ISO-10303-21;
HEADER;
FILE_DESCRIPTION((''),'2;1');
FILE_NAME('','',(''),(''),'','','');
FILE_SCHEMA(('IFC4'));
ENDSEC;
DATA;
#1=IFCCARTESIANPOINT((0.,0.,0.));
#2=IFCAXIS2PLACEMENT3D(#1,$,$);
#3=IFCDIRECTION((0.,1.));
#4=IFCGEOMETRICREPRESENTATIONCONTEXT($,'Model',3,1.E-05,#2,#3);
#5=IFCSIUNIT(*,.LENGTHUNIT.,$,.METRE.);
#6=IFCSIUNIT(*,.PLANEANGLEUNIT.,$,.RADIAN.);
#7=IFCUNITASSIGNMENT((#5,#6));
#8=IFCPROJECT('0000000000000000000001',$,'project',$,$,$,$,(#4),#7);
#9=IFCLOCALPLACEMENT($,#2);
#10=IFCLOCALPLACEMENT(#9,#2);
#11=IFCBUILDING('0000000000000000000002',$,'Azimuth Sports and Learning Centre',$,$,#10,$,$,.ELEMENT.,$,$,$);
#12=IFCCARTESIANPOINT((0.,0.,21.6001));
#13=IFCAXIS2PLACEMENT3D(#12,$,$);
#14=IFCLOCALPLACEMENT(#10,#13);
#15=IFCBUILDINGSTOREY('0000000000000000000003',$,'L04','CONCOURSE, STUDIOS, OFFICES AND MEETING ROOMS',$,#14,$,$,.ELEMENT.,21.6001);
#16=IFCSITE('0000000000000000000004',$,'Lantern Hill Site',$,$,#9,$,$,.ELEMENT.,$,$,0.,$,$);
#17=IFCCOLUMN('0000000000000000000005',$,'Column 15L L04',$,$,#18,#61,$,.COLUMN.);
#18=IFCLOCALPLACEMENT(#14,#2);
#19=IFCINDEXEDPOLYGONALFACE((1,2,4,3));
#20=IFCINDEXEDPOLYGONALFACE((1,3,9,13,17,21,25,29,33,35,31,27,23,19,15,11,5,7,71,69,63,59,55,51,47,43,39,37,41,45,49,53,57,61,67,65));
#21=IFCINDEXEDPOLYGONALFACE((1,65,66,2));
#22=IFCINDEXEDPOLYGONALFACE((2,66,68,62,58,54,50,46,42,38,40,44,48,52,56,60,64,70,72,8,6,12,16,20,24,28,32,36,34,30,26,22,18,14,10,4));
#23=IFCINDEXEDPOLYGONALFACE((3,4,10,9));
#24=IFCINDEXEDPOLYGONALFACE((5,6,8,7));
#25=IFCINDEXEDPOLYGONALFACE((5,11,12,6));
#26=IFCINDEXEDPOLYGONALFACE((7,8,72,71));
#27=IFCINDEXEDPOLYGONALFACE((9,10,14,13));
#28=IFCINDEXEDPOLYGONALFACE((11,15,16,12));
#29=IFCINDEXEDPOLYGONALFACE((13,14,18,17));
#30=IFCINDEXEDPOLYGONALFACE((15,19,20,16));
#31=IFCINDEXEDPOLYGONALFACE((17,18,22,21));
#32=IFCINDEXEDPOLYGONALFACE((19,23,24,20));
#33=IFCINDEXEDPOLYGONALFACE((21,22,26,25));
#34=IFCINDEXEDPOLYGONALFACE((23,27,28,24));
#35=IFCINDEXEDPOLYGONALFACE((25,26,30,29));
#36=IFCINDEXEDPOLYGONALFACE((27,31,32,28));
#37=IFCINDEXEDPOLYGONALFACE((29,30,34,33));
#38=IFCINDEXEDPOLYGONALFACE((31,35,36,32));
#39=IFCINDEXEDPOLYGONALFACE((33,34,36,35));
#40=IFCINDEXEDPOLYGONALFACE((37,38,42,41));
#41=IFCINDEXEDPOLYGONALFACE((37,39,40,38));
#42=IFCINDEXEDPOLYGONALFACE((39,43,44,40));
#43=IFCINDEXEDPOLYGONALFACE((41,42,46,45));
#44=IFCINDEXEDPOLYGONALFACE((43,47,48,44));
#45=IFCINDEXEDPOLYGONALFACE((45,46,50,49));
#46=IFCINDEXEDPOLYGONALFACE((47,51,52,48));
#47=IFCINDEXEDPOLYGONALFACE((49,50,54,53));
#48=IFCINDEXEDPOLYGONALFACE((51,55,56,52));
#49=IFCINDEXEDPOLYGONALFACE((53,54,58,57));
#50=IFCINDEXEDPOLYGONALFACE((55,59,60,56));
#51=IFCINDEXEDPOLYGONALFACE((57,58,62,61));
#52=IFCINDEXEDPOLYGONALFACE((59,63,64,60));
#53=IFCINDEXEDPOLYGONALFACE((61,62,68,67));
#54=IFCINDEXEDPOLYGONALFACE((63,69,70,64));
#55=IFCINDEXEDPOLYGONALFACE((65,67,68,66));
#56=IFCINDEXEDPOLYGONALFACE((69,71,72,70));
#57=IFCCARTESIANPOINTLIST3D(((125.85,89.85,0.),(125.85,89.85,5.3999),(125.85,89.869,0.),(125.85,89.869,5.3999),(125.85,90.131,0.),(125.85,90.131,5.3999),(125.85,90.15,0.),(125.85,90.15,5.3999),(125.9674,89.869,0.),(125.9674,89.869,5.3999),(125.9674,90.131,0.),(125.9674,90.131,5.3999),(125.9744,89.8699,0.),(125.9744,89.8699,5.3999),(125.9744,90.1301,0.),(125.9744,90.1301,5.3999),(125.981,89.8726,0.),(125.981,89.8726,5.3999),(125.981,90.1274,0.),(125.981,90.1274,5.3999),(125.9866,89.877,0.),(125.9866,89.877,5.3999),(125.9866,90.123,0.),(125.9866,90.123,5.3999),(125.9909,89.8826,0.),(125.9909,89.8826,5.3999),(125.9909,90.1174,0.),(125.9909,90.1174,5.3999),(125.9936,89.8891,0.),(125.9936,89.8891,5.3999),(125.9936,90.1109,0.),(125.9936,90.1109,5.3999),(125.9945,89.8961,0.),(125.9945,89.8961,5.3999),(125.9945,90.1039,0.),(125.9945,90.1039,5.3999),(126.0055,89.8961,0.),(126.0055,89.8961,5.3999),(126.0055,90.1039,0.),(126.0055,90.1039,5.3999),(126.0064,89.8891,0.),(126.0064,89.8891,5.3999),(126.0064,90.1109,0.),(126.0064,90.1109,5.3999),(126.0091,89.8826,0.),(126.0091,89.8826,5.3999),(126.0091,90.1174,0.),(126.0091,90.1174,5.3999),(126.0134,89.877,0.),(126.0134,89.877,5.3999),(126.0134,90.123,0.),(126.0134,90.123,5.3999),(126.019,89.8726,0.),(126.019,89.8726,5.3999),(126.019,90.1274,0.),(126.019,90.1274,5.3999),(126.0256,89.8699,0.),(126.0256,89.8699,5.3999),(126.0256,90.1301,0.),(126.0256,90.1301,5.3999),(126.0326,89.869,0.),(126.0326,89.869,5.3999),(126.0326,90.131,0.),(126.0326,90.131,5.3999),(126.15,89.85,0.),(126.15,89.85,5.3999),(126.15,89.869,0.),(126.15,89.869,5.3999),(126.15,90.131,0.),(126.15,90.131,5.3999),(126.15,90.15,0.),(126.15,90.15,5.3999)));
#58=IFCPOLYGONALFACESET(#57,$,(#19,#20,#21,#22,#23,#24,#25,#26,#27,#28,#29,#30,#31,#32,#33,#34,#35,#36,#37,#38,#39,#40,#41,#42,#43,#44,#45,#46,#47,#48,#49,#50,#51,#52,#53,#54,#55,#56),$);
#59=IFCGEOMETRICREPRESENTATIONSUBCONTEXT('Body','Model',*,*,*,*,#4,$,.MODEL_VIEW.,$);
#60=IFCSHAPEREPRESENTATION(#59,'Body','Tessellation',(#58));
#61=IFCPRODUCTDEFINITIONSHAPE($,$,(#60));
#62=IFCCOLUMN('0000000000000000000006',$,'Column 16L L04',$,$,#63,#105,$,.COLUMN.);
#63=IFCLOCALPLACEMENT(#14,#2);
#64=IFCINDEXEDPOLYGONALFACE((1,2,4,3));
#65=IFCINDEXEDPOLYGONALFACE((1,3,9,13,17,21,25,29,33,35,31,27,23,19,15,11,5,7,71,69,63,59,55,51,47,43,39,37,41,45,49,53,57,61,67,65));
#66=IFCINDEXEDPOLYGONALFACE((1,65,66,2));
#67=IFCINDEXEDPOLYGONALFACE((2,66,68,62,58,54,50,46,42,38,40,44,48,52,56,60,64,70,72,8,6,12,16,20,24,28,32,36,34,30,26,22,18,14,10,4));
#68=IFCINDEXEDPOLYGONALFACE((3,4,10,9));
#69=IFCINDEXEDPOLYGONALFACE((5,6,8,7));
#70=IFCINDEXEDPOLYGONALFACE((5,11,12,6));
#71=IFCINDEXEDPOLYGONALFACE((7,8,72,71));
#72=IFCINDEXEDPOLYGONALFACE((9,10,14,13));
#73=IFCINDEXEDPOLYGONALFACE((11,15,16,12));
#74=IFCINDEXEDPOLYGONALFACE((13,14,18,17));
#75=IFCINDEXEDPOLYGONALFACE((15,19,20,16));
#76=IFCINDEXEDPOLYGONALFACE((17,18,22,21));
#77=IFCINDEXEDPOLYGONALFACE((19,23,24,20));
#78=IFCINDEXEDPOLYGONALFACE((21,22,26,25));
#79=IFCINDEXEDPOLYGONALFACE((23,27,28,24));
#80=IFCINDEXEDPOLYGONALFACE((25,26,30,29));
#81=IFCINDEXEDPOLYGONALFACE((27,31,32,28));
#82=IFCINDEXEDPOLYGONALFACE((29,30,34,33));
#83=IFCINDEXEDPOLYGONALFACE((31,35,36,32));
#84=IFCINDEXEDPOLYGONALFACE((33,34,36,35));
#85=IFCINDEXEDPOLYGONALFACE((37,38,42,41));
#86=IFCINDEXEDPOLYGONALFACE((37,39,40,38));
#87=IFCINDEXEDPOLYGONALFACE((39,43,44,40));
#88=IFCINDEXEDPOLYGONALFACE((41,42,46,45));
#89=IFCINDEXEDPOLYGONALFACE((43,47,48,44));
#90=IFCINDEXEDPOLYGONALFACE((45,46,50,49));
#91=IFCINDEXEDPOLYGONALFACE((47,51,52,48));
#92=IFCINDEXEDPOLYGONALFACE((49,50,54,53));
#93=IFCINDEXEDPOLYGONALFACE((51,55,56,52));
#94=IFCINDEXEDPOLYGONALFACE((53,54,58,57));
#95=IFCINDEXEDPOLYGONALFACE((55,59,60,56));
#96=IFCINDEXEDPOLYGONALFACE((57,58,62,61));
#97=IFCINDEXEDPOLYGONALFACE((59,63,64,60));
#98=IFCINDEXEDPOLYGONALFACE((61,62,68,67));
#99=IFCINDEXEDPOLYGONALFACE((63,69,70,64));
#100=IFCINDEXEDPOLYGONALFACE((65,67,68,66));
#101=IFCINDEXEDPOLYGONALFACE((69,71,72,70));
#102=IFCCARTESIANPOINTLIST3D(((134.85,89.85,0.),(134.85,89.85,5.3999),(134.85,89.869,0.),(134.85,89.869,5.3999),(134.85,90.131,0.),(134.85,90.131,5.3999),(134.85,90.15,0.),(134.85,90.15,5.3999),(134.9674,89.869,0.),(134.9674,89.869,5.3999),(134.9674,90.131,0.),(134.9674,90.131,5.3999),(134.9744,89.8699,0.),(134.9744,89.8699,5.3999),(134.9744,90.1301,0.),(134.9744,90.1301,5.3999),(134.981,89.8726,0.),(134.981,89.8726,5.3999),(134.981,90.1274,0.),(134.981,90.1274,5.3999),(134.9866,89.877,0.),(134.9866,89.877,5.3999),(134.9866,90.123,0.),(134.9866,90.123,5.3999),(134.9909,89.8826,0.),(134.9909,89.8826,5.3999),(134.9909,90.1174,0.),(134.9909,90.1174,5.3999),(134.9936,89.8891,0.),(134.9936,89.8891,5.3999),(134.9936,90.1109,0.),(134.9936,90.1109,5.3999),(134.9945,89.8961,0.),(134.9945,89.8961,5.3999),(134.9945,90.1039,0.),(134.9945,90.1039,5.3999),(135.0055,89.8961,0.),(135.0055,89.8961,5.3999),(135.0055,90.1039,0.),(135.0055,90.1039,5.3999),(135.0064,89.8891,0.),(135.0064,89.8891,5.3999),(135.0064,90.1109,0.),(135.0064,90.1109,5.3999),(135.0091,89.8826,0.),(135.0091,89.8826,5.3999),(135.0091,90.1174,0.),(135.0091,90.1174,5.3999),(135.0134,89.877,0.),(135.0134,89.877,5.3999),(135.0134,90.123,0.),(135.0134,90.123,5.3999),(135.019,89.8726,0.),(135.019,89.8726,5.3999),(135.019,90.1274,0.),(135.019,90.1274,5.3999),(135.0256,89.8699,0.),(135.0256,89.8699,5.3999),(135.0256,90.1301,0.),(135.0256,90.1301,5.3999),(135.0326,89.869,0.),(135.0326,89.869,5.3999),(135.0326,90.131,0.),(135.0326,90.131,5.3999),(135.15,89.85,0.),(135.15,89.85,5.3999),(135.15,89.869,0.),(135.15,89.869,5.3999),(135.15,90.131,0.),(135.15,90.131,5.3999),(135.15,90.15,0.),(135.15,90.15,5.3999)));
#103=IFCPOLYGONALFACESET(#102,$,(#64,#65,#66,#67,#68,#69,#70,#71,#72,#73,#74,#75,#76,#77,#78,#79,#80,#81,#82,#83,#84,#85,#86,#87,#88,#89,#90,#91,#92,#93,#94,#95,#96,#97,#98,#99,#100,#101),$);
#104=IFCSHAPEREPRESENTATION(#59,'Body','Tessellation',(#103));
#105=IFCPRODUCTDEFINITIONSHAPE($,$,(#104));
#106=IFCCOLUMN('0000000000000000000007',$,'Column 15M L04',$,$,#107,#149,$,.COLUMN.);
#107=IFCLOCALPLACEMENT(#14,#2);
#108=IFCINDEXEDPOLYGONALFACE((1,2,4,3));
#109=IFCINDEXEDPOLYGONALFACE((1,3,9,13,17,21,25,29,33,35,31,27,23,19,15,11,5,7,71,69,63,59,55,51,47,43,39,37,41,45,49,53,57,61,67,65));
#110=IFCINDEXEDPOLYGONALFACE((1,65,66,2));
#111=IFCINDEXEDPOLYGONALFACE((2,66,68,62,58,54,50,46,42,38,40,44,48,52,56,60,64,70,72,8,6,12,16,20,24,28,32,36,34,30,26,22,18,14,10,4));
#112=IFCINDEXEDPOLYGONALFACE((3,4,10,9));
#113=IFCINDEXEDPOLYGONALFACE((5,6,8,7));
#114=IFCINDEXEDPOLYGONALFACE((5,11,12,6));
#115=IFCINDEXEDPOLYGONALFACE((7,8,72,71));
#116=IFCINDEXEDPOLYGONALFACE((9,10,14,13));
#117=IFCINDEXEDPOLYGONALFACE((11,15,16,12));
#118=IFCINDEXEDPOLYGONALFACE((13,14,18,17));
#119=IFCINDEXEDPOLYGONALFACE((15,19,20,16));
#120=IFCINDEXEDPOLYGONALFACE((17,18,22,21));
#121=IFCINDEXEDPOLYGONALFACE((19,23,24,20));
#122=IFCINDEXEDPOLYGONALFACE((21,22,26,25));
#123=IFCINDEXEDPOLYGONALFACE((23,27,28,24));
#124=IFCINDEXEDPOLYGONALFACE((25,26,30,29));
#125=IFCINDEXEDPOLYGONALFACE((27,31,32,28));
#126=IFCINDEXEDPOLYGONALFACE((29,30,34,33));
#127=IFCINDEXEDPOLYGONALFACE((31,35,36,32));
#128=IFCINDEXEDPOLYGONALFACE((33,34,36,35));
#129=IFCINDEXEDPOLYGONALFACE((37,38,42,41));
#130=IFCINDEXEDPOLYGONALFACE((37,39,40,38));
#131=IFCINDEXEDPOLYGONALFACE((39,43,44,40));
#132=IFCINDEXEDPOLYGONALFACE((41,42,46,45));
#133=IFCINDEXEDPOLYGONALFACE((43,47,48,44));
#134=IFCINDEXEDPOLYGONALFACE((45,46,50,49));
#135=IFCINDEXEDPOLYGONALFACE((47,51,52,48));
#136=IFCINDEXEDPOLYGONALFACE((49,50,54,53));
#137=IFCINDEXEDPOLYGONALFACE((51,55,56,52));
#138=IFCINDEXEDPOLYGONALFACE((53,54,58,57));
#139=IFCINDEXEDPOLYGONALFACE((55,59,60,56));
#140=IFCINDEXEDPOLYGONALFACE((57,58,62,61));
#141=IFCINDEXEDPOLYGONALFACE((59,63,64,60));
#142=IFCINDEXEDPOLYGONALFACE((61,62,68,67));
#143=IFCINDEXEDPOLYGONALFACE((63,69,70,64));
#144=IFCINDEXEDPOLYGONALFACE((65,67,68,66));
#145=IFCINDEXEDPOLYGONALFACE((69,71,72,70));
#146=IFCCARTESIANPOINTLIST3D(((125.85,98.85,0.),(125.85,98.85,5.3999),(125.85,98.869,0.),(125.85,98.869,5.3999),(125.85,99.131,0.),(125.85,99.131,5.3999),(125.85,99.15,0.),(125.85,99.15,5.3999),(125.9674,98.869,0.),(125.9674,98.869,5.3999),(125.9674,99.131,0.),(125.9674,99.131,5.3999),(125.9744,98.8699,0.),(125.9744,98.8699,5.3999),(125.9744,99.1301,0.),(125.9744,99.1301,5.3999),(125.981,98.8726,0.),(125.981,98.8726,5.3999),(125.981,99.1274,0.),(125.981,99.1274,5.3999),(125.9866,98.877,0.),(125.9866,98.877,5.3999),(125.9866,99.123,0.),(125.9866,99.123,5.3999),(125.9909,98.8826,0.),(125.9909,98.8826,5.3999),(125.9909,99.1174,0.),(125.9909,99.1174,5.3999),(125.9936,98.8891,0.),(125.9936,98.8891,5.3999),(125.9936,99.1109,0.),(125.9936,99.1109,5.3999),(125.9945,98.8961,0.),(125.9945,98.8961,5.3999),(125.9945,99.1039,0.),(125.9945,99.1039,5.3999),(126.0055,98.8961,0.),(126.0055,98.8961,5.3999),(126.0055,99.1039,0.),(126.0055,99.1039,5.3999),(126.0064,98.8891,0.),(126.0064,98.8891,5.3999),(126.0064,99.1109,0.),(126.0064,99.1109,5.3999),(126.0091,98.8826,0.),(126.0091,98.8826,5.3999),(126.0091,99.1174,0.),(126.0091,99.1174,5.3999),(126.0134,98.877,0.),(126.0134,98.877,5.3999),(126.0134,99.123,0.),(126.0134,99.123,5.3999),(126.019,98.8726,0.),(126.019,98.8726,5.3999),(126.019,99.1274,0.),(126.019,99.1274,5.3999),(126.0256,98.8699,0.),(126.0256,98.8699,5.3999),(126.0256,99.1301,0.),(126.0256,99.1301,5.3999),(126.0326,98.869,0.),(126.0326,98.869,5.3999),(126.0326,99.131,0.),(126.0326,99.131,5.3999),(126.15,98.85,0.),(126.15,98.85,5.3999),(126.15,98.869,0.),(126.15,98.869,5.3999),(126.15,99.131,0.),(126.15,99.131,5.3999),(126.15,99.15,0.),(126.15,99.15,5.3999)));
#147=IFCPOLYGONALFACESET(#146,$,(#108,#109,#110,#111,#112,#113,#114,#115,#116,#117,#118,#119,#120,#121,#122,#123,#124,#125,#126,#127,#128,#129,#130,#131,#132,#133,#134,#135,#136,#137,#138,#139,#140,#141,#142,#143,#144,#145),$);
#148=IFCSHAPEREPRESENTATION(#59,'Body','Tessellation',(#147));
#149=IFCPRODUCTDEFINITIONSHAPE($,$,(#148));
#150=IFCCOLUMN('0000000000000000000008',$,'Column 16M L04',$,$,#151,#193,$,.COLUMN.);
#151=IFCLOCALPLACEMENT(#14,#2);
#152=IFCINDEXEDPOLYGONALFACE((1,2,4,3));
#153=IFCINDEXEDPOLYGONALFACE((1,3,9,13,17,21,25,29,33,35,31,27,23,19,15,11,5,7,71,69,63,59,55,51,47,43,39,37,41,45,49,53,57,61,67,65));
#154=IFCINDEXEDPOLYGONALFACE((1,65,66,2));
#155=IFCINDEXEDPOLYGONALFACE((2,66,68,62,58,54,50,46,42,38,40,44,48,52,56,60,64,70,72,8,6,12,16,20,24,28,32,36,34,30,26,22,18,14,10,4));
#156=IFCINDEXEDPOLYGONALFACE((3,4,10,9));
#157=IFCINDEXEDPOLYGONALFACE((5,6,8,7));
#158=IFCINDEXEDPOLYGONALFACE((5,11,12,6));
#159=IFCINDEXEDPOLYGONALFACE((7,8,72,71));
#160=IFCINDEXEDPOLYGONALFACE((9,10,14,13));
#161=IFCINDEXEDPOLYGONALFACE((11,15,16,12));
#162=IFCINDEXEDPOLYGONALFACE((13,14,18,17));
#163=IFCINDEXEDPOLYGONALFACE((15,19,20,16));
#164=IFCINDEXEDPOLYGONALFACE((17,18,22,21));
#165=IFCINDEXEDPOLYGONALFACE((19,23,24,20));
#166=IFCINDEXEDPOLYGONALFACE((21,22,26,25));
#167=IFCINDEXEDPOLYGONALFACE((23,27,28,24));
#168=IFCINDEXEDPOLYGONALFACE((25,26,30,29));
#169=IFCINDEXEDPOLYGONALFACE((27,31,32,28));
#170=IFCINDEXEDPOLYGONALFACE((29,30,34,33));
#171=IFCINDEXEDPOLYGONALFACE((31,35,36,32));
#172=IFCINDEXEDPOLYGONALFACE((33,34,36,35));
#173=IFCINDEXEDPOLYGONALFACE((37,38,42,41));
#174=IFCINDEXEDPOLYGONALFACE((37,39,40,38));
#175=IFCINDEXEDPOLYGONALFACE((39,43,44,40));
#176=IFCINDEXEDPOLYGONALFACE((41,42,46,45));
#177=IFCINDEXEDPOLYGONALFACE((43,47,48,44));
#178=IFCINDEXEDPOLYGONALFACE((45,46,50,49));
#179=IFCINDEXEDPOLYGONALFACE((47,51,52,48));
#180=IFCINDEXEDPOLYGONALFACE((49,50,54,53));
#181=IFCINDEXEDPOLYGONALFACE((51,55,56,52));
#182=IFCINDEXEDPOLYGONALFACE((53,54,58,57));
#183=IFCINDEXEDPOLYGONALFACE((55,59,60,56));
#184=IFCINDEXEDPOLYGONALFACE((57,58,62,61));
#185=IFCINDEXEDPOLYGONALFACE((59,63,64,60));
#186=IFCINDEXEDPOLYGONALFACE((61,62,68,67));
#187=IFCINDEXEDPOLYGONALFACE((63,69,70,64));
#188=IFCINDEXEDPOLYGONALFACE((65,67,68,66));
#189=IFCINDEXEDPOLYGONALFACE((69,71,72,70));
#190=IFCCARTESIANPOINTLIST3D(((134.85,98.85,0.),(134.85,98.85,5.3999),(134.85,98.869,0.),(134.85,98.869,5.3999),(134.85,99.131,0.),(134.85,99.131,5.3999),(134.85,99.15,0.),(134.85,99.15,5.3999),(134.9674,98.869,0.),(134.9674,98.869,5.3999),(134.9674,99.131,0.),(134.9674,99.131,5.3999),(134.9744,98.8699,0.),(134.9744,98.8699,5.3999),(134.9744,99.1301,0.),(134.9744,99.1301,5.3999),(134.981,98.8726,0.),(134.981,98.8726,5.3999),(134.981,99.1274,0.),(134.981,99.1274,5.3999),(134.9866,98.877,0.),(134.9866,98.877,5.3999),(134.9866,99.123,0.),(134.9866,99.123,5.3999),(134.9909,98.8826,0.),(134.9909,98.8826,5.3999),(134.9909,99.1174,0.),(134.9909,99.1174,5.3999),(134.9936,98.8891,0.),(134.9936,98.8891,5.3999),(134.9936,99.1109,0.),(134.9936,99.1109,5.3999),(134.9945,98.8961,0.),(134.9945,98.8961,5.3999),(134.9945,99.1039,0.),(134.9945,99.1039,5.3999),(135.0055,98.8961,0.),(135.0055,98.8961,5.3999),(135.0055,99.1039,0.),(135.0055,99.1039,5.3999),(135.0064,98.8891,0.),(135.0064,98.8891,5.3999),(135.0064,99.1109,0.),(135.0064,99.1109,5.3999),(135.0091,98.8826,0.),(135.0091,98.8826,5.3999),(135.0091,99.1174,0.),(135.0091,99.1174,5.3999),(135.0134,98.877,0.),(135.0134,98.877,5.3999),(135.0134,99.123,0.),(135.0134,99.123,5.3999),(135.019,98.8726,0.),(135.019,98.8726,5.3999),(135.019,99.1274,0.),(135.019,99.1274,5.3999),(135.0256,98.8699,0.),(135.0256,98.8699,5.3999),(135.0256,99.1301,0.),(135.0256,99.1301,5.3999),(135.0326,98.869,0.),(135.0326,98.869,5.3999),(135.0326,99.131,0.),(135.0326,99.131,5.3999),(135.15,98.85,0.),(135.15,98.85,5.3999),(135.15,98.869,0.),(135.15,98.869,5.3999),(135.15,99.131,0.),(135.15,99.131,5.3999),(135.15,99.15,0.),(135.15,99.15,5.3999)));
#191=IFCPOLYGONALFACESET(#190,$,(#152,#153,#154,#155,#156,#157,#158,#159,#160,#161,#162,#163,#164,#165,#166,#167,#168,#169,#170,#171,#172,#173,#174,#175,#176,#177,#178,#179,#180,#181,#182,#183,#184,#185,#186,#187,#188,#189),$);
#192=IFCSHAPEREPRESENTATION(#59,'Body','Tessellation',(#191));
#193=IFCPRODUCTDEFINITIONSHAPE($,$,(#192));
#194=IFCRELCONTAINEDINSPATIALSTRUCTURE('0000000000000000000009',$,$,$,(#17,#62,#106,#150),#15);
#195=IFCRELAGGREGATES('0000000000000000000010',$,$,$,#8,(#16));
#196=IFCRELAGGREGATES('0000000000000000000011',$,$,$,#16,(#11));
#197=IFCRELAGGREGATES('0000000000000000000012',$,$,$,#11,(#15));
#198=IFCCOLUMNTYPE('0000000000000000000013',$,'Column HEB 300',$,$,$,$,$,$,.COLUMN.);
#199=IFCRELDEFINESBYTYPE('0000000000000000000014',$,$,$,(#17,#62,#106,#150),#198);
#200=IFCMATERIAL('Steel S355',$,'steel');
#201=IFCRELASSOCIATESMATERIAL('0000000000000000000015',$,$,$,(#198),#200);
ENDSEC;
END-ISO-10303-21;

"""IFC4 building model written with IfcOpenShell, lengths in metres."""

from ifc_helpers import new_model, si_unit, direction, frame, origin, origin_2d, place, context, subcontext, project, spatial, i_section, extrude, material, material_profile, profile_set, type_object, element, save


model = new_model("IFC4")

# Units and contexts
model_context = context("Model", 3, precision=1e-05, world=origin(), true_north=direction((0.0, 1.0)))
body_context = subcontext(model_context, "Body", "Model", "MODEL_VIEW")
ifc_project = project(units=[si_unit("LENGTHUNIT", "METRE"), si_unit("PLANEANGLEUNIT", "RADIAN")], contexts=[model_context])

# Site, building, storey
site_placement = place(None, origin())
site = spatial("IfcSite", under=ifc_project, at=site_placement, Name="Lantern Hill Site", CompositionType="ELEMENT", RefElevation=0.0)
building_placement = place(site_placement, origin())
building = spatial("IfcBuilding", under=site, at=building_placement, Name="Azimuth Sports and Learning Centre", CompositionType="ELEMENT")
storey_placement = place(building_placement, frame((0.0, 0.0, 21.6001)))
storey = spatial("IfcBuildingStorey", under=building, at=storey_placement, Name="L04", Description="CONCOURSE, STUDIOS, OFFICES AND MEETING ROOMS", CompositionType="ELEMENT", Elevation=21.6001)

# Columns
ifc_material_1 = material(Name="Steel S355", Category="steel")
ifc_material_profile_1 = material_profile(ifc_material_1, i_section(OverallWidth=0.3, OverallDepth=0.3, WebThickness=0.011, FlangeThickness=0.019, FilletRadius=0.0271, at=origin_2d()), Name="HEB 300")
ifc_profile_set_1 = profile_set([ifc_material_profile_1], Name="Steel S355")
column_type = type_object("IfcColumnType", Name="Column HEB 300", PredefinedType="COLUMN", material=ifc_profile_set_1)
for number, where, z_axis, x_axis, name in (
    (1, (126.0, 90.0, 0.0), (0.0, 0.0, 1.0), (1.0, 0.0, 0.0), "Column 15L L04"),
    (2, (135.0, 90.0, 0.0), (0.0, 0.0, 1.0), (1.0, 0.0, 0.0), "Column 16L L04"),
    (3, (126.0, 99.0, 0.0), (0.0, 0.0, 1.0), (1.0, 0.0, 0.0), "Column 15M L04"),
    (4, (135.0, 99.0, 0.0), (0.0, 0.0, 1.0), (1.0, 0.0, 0.0), "Column 16M L04"),
):
    element("IfcColumn", number, at=place(storey_placement, frame(where, z_axis=z_axis, x_axis=x_axis)), inside=storey, type_object=column_type, Name=name, PredefinedType="COLUMN", context=body_context, shape_type="SweptSolid", body=[
        extrude(i_section(OverallWidth=0.3, OverallDepth=0.3, WebThickness=0.011, FlangeThickness=0.019, FilletRadius=0.0271, at=origin_2d()), origin(), (0.0, 0.0, 1.0), 5.3999),
    ])

save(model, "model.ifc")
